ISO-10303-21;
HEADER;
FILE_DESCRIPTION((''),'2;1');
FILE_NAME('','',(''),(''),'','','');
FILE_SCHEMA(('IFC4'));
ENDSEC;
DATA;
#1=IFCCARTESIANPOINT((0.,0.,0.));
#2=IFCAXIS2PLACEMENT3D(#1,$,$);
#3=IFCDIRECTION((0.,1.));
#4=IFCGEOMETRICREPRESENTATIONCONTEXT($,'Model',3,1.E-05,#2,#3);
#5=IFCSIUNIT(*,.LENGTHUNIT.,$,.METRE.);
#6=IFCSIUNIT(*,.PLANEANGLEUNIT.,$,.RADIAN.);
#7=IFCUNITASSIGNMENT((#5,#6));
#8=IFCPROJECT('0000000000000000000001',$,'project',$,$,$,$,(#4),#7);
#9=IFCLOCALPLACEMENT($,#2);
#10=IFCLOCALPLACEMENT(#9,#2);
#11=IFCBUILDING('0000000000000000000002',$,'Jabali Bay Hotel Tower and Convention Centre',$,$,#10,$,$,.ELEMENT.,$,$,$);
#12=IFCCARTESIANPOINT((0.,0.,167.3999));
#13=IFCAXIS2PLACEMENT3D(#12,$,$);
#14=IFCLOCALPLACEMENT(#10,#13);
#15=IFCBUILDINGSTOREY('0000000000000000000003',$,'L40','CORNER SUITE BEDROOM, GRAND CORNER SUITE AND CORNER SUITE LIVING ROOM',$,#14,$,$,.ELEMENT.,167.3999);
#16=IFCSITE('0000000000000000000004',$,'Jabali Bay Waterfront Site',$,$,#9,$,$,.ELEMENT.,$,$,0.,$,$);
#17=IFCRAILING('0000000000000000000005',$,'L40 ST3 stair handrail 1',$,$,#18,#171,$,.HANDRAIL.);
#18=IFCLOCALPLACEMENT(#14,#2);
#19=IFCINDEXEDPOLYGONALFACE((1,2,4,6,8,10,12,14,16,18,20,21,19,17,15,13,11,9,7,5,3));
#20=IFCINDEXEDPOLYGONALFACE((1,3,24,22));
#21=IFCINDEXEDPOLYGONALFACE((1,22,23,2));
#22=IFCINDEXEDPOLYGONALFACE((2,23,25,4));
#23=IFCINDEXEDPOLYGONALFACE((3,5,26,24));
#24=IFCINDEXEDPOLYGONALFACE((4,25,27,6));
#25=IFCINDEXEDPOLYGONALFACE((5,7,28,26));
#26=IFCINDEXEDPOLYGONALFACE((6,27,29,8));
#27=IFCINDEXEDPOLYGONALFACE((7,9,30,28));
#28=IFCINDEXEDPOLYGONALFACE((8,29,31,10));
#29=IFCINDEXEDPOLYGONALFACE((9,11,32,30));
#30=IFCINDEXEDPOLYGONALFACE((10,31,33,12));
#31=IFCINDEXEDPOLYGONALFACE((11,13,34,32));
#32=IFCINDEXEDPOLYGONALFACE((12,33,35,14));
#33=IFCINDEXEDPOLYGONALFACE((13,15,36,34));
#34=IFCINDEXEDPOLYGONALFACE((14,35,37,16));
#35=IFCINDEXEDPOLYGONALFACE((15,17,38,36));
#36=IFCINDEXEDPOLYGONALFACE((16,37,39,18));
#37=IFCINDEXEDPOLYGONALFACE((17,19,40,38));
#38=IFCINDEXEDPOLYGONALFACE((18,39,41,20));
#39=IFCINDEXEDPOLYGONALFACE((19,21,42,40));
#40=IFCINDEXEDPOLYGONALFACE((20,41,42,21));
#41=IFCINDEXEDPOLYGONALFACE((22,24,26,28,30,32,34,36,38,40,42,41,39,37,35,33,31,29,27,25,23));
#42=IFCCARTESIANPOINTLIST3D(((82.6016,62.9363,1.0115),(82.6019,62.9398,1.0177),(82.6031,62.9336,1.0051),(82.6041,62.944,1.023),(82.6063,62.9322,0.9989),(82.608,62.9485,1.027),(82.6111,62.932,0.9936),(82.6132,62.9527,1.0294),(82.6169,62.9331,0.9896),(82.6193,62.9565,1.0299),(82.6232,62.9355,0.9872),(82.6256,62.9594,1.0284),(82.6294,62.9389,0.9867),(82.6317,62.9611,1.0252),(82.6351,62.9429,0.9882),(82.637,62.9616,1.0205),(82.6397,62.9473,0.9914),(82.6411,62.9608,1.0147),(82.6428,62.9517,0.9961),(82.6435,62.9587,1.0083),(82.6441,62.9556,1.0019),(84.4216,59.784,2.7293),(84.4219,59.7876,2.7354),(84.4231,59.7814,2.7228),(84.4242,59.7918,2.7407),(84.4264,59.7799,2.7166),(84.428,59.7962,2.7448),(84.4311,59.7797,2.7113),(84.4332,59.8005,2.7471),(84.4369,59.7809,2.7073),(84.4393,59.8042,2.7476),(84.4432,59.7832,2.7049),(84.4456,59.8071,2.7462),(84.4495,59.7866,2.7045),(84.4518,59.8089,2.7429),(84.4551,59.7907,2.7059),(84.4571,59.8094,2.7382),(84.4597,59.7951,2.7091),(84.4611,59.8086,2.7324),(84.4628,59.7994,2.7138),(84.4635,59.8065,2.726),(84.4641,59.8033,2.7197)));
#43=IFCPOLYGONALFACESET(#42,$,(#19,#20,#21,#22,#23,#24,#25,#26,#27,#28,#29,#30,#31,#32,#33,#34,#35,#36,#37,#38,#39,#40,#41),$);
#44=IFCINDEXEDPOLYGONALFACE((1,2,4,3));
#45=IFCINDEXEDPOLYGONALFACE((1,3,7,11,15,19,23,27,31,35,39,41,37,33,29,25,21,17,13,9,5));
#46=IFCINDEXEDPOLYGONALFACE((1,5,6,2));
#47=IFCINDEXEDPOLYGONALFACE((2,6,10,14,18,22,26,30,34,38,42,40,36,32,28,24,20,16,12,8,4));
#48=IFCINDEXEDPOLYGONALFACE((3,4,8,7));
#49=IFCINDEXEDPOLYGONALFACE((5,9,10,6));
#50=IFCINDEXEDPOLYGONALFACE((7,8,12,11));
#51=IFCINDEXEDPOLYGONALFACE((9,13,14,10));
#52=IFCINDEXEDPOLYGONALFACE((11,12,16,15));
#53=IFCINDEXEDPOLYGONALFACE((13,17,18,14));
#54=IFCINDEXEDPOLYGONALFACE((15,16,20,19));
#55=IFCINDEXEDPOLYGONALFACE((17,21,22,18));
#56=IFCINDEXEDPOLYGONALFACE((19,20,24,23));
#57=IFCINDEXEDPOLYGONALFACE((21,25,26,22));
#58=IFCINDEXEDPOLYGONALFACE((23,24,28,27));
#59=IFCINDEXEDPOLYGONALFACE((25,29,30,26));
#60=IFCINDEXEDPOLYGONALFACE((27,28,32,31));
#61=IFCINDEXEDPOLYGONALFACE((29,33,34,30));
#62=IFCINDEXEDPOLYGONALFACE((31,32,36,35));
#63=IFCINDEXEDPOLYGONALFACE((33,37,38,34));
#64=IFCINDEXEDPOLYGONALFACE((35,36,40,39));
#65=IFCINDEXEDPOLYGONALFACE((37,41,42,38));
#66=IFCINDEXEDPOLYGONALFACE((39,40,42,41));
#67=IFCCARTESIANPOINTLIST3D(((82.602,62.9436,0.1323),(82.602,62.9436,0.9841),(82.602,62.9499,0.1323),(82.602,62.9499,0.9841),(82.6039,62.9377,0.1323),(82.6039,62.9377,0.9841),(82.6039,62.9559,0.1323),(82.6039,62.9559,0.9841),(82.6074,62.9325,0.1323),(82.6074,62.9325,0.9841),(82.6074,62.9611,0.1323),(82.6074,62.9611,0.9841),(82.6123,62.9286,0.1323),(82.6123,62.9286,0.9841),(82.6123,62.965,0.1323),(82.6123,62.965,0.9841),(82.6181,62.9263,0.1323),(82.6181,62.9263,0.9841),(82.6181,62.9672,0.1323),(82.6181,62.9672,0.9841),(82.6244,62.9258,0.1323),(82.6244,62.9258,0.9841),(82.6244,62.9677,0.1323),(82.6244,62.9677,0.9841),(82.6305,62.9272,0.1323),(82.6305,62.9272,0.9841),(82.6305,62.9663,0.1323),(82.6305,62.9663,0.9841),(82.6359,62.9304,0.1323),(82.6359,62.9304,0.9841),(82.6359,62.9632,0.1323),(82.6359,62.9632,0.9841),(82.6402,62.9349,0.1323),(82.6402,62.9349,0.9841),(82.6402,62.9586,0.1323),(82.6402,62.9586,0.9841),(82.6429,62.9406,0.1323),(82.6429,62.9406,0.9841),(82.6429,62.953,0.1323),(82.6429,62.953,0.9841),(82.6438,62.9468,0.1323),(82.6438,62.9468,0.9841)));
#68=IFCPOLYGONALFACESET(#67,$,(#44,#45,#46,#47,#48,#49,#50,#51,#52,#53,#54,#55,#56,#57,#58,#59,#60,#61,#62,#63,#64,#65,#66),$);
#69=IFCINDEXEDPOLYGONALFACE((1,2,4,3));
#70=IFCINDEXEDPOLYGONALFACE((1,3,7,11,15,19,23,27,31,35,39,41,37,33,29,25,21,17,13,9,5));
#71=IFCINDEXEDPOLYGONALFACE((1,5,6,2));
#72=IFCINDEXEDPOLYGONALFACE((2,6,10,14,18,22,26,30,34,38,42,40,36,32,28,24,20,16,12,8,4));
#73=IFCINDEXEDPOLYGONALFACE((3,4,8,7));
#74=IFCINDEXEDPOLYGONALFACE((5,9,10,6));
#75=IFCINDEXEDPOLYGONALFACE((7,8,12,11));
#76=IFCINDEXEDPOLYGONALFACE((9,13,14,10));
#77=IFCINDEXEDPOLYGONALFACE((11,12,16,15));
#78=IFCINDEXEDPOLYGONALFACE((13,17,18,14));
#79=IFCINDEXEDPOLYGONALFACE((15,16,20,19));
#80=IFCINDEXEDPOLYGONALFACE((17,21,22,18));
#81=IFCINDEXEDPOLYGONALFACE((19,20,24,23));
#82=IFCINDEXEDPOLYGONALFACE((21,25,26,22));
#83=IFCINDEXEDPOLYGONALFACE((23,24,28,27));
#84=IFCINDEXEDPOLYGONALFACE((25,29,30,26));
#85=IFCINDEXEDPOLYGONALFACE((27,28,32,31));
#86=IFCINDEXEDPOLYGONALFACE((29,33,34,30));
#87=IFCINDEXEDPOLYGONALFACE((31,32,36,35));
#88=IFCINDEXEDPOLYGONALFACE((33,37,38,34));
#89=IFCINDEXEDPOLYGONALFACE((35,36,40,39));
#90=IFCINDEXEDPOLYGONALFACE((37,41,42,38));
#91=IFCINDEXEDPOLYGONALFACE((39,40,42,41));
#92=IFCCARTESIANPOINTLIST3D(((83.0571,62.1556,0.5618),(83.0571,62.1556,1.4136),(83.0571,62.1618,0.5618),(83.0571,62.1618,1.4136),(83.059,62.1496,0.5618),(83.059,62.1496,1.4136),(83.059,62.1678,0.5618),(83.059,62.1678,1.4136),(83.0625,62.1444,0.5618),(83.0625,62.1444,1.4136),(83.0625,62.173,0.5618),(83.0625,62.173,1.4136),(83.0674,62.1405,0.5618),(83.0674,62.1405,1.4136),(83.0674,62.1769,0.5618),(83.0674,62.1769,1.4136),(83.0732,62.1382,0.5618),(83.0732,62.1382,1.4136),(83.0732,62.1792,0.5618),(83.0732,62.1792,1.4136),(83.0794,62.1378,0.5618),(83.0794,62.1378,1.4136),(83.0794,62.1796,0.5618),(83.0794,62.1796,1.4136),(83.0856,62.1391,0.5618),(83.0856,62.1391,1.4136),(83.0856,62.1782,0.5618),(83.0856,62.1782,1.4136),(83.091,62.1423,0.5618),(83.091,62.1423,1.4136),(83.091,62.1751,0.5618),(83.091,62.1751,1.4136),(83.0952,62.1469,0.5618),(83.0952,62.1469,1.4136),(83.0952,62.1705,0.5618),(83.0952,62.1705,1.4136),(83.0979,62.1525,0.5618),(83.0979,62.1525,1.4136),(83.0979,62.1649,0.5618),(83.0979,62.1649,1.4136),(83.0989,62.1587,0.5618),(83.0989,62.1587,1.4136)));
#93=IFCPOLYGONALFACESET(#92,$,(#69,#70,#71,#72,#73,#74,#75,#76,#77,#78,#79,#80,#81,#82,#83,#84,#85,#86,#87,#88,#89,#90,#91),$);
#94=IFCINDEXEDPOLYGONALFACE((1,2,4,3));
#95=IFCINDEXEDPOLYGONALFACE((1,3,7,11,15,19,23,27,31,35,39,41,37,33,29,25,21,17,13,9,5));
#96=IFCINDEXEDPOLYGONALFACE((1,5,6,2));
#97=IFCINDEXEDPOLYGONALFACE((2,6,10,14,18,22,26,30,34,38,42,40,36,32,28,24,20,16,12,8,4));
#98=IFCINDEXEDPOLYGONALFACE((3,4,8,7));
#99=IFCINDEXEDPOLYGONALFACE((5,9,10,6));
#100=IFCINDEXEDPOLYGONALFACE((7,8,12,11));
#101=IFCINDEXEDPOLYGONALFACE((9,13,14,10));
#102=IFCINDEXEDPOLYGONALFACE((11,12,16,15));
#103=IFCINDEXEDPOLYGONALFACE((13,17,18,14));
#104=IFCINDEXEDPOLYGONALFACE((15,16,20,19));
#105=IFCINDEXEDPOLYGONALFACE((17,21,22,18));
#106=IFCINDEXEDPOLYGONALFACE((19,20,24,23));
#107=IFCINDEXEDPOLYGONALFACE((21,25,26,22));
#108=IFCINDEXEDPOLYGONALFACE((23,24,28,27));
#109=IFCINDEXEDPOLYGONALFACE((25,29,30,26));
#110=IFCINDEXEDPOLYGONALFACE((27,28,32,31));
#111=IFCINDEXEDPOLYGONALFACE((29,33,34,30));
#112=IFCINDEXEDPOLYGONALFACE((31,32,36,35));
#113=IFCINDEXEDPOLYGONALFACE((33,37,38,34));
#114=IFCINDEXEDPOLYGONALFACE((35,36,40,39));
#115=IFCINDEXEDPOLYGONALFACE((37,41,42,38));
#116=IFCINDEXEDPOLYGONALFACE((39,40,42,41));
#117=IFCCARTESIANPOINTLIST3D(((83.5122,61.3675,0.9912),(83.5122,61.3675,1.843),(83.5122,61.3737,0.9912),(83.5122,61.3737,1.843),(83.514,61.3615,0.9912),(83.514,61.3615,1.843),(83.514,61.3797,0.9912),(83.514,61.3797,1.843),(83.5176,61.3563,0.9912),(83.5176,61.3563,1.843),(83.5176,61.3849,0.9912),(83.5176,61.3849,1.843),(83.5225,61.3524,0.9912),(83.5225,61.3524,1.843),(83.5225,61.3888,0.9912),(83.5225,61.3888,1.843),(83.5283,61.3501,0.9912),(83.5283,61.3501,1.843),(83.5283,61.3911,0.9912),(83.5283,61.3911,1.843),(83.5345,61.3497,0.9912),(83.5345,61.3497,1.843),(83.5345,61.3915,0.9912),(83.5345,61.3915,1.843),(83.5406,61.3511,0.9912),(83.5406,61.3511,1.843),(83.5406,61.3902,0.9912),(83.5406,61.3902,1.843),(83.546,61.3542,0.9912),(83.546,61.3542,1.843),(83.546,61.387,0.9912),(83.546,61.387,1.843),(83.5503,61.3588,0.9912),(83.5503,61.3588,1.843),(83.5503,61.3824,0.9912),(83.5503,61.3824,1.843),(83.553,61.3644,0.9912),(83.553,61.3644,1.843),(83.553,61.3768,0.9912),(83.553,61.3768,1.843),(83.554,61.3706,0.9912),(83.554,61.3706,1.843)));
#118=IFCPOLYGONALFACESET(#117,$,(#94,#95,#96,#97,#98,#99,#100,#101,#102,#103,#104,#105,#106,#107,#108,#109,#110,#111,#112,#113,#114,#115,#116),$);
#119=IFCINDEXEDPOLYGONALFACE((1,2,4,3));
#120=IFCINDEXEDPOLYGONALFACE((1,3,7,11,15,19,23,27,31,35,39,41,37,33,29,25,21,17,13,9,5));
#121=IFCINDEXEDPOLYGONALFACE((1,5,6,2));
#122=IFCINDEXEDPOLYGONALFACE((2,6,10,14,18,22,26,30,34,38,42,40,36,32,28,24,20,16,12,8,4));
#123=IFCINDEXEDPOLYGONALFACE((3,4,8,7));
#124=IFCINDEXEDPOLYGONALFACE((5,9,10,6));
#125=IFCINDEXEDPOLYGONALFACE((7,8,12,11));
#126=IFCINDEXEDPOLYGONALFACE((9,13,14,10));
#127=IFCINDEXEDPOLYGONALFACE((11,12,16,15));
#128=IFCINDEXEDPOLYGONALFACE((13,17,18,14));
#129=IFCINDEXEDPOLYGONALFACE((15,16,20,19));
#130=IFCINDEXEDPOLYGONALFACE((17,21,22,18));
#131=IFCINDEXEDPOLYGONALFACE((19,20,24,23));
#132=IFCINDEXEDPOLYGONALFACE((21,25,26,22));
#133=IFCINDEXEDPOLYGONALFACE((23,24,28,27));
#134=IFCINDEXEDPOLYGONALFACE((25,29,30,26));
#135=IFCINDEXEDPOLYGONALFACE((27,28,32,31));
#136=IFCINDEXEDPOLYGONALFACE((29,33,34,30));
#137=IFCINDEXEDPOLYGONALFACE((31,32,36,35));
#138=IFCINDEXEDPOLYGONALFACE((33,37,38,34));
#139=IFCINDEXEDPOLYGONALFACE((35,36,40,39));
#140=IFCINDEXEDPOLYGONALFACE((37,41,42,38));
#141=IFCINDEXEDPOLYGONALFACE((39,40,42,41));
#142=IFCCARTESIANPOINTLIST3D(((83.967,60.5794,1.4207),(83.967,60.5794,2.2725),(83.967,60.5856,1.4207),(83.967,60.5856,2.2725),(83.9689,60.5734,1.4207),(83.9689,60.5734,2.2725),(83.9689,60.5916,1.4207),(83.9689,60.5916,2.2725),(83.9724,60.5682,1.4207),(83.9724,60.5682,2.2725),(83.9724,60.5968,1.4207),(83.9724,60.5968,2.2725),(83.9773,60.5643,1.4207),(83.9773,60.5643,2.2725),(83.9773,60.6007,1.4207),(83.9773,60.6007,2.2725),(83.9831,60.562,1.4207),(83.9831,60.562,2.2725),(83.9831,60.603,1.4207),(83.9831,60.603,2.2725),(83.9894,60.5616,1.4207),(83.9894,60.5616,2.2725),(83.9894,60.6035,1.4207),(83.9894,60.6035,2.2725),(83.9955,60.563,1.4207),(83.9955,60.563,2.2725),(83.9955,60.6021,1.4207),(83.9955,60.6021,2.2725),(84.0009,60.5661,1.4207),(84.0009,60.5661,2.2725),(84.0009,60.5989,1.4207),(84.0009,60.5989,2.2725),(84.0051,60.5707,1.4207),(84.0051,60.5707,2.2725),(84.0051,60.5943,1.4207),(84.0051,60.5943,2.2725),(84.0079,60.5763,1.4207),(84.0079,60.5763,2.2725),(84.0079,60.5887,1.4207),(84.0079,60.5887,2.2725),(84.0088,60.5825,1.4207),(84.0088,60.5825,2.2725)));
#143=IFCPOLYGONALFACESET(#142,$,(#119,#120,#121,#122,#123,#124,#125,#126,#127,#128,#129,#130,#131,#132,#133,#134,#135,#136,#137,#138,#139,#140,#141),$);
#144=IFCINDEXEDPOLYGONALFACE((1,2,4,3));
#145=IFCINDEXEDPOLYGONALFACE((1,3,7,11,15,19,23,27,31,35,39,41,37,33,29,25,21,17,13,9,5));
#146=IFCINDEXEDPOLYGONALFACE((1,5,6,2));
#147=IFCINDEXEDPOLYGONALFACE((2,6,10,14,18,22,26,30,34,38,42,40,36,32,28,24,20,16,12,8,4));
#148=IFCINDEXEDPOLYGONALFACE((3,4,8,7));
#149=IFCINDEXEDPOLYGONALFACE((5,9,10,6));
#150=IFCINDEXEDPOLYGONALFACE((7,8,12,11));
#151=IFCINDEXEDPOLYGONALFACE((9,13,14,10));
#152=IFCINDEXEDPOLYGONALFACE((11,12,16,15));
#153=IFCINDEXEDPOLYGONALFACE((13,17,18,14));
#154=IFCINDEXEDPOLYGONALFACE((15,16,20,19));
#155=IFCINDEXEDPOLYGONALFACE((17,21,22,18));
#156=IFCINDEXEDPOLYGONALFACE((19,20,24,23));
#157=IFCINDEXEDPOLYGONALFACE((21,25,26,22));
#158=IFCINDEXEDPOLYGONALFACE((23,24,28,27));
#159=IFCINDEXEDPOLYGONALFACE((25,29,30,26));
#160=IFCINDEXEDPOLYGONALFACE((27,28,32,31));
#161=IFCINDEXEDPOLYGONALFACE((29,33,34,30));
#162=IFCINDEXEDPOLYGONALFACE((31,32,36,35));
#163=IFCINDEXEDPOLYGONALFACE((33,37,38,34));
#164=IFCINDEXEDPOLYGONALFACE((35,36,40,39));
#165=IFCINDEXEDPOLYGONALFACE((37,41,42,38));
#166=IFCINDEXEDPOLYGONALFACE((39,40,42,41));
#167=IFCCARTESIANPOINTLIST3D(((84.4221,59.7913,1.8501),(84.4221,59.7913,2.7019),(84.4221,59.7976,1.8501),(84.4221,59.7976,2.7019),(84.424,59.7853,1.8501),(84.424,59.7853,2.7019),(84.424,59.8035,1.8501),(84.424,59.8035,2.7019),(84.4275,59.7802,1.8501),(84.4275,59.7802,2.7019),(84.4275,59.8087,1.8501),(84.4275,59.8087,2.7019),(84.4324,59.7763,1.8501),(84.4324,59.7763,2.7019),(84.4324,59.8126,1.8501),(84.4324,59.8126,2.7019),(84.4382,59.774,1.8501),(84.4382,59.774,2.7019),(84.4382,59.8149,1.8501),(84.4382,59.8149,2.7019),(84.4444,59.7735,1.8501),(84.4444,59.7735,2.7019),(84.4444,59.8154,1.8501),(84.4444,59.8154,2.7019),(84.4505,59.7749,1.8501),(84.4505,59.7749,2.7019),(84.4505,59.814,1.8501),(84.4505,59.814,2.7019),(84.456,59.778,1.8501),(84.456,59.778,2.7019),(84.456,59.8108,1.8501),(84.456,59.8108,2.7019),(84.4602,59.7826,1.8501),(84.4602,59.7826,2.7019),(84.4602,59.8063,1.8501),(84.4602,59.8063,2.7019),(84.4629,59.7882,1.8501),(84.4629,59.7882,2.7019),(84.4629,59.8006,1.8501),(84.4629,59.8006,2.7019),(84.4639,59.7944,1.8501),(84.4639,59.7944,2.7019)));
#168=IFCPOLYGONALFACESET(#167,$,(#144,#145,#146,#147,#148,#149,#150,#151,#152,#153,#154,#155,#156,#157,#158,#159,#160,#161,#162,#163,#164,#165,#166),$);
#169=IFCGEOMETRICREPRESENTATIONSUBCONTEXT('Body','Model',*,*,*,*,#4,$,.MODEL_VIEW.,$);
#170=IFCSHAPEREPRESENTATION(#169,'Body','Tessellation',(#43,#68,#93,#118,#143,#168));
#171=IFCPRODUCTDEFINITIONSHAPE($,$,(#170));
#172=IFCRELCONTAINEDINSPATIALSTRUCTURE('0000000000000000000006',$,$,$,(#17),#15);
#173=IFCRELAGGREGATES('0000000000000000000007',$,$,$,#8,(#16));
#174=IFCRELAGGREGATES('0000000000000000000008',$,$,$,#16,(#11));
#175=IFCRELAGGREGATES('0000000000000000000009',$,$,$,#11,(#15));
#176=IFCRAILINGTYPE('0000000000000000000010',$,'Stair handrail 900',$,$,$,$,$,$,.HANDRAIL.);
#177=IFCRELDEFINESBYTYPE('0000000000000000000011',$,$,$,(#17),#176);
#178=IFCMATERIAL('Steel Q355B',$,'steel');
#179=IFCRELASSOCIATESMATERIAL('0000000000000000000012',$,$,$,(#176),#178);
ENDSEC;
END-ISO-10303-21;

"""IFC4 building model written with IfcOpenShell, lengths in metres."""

from ifc_helpers import new_model, si_unit, direction, frame, origin, origin_2d, place, context, subcontext, project, spatial, circle, extrude, material, type_object, element, save


model = new_model("IFC4")

# Units and contexts
model_context = context("Model", 3, precision=1e-05, world=origin(), true_north=direction((0.0, 1.0)))
body_context = subcontext(model_context, "Body", "Model", "MODEL_VIEW")
ifc_project = project(units=[si_unit("LENGTHUNIT", "METRE"), si_unit("PLANEANGLEUNIT", "RADIAN")], contexts=[model_context])

# Site, building, storey
site_placement = place(None, origin())
site = spatial("IfcSite", under=ifc_project, at=site_placement, Name="Jabali Bay Waterfront Site", CompositionType="ELEMENT", RefElevation=0.0)
building_placement = place(site_placement, origin())
building = spatial("IfcBuilding", under=site, at=building_placement, Name="Jabali Bay Hotel Tower and Convention Centre", CompositionType="ELEMENT")
storey_placement = place(building_placement, frame((0.0, 0.0, 167.3999)))
storey = spatial("IfcBuildingStorey", under=building, at=storey_placement, Name="L40", Description="CORNER SUITE BEDROOM, GRAND CORNER SUITE AND CORNER SUITE LIVING ROOM", CompositionType="ELEMENT", Elevation=167.3999)

# Railing
ifc_material_1 = material(Name="Steel Q355B", Category="steel")
railing_type_1 = type_object("IfcRailingType", Name="Stair handrail 900", PredefinedType="HANDRAIL", material=ifc_material_1)
railing_1_placement = place(storey_placement, frame((82.6228, 62.9468, 0.1323)))
element("IfcRailing", 1, at=railing_1_placement, inside=storey, type_object=railing_type_1, Name="L40 ST3 stair handrail 1", PredefinedType="HANDRAIL", context=body_context, shape_type="SweptSolid", body=[
    extrude(circle(Radius=0.0239, at=origin_2d()), frame((0.0, 0.0, 0.876), z_axis=(0.45219, -0.78319, 0.426775), x_axis=(0.866018, 0.500013, 0.0)), (0.0, 0.0, 1.0), 4.0249),
    extrude(circle(Radius=0.021, at=origin_2d()), origin(), (0.0, 0.0, 1.0), 0.8518),
    extrude(circle(Radius=0.021, at=origin_2d()), frame((0.4551, -0.7881, 0.4294)), (0.0, 0.0, 1.0), 0.8518),
    extrude(circle(Radius=0.021, at=origin_2d()), frame((0.9102, -1.5762, 0.8589)), (0.0, 0.0, 1.0), 0.8518),
    extrude(circle(Radius=0.021, at=origin_2d()), frame((1.365, -2.3643, 1.2883)), (0.0, 0.0, 1.0), 0.8518),
    extrude(circle(Radius=0.021, at=origin_2d()), frame((1.8201, -3.1523, 1.7178)), (0.0, 0.0, 1.0), 0.8518),
])

save(model, "model.ifc")
